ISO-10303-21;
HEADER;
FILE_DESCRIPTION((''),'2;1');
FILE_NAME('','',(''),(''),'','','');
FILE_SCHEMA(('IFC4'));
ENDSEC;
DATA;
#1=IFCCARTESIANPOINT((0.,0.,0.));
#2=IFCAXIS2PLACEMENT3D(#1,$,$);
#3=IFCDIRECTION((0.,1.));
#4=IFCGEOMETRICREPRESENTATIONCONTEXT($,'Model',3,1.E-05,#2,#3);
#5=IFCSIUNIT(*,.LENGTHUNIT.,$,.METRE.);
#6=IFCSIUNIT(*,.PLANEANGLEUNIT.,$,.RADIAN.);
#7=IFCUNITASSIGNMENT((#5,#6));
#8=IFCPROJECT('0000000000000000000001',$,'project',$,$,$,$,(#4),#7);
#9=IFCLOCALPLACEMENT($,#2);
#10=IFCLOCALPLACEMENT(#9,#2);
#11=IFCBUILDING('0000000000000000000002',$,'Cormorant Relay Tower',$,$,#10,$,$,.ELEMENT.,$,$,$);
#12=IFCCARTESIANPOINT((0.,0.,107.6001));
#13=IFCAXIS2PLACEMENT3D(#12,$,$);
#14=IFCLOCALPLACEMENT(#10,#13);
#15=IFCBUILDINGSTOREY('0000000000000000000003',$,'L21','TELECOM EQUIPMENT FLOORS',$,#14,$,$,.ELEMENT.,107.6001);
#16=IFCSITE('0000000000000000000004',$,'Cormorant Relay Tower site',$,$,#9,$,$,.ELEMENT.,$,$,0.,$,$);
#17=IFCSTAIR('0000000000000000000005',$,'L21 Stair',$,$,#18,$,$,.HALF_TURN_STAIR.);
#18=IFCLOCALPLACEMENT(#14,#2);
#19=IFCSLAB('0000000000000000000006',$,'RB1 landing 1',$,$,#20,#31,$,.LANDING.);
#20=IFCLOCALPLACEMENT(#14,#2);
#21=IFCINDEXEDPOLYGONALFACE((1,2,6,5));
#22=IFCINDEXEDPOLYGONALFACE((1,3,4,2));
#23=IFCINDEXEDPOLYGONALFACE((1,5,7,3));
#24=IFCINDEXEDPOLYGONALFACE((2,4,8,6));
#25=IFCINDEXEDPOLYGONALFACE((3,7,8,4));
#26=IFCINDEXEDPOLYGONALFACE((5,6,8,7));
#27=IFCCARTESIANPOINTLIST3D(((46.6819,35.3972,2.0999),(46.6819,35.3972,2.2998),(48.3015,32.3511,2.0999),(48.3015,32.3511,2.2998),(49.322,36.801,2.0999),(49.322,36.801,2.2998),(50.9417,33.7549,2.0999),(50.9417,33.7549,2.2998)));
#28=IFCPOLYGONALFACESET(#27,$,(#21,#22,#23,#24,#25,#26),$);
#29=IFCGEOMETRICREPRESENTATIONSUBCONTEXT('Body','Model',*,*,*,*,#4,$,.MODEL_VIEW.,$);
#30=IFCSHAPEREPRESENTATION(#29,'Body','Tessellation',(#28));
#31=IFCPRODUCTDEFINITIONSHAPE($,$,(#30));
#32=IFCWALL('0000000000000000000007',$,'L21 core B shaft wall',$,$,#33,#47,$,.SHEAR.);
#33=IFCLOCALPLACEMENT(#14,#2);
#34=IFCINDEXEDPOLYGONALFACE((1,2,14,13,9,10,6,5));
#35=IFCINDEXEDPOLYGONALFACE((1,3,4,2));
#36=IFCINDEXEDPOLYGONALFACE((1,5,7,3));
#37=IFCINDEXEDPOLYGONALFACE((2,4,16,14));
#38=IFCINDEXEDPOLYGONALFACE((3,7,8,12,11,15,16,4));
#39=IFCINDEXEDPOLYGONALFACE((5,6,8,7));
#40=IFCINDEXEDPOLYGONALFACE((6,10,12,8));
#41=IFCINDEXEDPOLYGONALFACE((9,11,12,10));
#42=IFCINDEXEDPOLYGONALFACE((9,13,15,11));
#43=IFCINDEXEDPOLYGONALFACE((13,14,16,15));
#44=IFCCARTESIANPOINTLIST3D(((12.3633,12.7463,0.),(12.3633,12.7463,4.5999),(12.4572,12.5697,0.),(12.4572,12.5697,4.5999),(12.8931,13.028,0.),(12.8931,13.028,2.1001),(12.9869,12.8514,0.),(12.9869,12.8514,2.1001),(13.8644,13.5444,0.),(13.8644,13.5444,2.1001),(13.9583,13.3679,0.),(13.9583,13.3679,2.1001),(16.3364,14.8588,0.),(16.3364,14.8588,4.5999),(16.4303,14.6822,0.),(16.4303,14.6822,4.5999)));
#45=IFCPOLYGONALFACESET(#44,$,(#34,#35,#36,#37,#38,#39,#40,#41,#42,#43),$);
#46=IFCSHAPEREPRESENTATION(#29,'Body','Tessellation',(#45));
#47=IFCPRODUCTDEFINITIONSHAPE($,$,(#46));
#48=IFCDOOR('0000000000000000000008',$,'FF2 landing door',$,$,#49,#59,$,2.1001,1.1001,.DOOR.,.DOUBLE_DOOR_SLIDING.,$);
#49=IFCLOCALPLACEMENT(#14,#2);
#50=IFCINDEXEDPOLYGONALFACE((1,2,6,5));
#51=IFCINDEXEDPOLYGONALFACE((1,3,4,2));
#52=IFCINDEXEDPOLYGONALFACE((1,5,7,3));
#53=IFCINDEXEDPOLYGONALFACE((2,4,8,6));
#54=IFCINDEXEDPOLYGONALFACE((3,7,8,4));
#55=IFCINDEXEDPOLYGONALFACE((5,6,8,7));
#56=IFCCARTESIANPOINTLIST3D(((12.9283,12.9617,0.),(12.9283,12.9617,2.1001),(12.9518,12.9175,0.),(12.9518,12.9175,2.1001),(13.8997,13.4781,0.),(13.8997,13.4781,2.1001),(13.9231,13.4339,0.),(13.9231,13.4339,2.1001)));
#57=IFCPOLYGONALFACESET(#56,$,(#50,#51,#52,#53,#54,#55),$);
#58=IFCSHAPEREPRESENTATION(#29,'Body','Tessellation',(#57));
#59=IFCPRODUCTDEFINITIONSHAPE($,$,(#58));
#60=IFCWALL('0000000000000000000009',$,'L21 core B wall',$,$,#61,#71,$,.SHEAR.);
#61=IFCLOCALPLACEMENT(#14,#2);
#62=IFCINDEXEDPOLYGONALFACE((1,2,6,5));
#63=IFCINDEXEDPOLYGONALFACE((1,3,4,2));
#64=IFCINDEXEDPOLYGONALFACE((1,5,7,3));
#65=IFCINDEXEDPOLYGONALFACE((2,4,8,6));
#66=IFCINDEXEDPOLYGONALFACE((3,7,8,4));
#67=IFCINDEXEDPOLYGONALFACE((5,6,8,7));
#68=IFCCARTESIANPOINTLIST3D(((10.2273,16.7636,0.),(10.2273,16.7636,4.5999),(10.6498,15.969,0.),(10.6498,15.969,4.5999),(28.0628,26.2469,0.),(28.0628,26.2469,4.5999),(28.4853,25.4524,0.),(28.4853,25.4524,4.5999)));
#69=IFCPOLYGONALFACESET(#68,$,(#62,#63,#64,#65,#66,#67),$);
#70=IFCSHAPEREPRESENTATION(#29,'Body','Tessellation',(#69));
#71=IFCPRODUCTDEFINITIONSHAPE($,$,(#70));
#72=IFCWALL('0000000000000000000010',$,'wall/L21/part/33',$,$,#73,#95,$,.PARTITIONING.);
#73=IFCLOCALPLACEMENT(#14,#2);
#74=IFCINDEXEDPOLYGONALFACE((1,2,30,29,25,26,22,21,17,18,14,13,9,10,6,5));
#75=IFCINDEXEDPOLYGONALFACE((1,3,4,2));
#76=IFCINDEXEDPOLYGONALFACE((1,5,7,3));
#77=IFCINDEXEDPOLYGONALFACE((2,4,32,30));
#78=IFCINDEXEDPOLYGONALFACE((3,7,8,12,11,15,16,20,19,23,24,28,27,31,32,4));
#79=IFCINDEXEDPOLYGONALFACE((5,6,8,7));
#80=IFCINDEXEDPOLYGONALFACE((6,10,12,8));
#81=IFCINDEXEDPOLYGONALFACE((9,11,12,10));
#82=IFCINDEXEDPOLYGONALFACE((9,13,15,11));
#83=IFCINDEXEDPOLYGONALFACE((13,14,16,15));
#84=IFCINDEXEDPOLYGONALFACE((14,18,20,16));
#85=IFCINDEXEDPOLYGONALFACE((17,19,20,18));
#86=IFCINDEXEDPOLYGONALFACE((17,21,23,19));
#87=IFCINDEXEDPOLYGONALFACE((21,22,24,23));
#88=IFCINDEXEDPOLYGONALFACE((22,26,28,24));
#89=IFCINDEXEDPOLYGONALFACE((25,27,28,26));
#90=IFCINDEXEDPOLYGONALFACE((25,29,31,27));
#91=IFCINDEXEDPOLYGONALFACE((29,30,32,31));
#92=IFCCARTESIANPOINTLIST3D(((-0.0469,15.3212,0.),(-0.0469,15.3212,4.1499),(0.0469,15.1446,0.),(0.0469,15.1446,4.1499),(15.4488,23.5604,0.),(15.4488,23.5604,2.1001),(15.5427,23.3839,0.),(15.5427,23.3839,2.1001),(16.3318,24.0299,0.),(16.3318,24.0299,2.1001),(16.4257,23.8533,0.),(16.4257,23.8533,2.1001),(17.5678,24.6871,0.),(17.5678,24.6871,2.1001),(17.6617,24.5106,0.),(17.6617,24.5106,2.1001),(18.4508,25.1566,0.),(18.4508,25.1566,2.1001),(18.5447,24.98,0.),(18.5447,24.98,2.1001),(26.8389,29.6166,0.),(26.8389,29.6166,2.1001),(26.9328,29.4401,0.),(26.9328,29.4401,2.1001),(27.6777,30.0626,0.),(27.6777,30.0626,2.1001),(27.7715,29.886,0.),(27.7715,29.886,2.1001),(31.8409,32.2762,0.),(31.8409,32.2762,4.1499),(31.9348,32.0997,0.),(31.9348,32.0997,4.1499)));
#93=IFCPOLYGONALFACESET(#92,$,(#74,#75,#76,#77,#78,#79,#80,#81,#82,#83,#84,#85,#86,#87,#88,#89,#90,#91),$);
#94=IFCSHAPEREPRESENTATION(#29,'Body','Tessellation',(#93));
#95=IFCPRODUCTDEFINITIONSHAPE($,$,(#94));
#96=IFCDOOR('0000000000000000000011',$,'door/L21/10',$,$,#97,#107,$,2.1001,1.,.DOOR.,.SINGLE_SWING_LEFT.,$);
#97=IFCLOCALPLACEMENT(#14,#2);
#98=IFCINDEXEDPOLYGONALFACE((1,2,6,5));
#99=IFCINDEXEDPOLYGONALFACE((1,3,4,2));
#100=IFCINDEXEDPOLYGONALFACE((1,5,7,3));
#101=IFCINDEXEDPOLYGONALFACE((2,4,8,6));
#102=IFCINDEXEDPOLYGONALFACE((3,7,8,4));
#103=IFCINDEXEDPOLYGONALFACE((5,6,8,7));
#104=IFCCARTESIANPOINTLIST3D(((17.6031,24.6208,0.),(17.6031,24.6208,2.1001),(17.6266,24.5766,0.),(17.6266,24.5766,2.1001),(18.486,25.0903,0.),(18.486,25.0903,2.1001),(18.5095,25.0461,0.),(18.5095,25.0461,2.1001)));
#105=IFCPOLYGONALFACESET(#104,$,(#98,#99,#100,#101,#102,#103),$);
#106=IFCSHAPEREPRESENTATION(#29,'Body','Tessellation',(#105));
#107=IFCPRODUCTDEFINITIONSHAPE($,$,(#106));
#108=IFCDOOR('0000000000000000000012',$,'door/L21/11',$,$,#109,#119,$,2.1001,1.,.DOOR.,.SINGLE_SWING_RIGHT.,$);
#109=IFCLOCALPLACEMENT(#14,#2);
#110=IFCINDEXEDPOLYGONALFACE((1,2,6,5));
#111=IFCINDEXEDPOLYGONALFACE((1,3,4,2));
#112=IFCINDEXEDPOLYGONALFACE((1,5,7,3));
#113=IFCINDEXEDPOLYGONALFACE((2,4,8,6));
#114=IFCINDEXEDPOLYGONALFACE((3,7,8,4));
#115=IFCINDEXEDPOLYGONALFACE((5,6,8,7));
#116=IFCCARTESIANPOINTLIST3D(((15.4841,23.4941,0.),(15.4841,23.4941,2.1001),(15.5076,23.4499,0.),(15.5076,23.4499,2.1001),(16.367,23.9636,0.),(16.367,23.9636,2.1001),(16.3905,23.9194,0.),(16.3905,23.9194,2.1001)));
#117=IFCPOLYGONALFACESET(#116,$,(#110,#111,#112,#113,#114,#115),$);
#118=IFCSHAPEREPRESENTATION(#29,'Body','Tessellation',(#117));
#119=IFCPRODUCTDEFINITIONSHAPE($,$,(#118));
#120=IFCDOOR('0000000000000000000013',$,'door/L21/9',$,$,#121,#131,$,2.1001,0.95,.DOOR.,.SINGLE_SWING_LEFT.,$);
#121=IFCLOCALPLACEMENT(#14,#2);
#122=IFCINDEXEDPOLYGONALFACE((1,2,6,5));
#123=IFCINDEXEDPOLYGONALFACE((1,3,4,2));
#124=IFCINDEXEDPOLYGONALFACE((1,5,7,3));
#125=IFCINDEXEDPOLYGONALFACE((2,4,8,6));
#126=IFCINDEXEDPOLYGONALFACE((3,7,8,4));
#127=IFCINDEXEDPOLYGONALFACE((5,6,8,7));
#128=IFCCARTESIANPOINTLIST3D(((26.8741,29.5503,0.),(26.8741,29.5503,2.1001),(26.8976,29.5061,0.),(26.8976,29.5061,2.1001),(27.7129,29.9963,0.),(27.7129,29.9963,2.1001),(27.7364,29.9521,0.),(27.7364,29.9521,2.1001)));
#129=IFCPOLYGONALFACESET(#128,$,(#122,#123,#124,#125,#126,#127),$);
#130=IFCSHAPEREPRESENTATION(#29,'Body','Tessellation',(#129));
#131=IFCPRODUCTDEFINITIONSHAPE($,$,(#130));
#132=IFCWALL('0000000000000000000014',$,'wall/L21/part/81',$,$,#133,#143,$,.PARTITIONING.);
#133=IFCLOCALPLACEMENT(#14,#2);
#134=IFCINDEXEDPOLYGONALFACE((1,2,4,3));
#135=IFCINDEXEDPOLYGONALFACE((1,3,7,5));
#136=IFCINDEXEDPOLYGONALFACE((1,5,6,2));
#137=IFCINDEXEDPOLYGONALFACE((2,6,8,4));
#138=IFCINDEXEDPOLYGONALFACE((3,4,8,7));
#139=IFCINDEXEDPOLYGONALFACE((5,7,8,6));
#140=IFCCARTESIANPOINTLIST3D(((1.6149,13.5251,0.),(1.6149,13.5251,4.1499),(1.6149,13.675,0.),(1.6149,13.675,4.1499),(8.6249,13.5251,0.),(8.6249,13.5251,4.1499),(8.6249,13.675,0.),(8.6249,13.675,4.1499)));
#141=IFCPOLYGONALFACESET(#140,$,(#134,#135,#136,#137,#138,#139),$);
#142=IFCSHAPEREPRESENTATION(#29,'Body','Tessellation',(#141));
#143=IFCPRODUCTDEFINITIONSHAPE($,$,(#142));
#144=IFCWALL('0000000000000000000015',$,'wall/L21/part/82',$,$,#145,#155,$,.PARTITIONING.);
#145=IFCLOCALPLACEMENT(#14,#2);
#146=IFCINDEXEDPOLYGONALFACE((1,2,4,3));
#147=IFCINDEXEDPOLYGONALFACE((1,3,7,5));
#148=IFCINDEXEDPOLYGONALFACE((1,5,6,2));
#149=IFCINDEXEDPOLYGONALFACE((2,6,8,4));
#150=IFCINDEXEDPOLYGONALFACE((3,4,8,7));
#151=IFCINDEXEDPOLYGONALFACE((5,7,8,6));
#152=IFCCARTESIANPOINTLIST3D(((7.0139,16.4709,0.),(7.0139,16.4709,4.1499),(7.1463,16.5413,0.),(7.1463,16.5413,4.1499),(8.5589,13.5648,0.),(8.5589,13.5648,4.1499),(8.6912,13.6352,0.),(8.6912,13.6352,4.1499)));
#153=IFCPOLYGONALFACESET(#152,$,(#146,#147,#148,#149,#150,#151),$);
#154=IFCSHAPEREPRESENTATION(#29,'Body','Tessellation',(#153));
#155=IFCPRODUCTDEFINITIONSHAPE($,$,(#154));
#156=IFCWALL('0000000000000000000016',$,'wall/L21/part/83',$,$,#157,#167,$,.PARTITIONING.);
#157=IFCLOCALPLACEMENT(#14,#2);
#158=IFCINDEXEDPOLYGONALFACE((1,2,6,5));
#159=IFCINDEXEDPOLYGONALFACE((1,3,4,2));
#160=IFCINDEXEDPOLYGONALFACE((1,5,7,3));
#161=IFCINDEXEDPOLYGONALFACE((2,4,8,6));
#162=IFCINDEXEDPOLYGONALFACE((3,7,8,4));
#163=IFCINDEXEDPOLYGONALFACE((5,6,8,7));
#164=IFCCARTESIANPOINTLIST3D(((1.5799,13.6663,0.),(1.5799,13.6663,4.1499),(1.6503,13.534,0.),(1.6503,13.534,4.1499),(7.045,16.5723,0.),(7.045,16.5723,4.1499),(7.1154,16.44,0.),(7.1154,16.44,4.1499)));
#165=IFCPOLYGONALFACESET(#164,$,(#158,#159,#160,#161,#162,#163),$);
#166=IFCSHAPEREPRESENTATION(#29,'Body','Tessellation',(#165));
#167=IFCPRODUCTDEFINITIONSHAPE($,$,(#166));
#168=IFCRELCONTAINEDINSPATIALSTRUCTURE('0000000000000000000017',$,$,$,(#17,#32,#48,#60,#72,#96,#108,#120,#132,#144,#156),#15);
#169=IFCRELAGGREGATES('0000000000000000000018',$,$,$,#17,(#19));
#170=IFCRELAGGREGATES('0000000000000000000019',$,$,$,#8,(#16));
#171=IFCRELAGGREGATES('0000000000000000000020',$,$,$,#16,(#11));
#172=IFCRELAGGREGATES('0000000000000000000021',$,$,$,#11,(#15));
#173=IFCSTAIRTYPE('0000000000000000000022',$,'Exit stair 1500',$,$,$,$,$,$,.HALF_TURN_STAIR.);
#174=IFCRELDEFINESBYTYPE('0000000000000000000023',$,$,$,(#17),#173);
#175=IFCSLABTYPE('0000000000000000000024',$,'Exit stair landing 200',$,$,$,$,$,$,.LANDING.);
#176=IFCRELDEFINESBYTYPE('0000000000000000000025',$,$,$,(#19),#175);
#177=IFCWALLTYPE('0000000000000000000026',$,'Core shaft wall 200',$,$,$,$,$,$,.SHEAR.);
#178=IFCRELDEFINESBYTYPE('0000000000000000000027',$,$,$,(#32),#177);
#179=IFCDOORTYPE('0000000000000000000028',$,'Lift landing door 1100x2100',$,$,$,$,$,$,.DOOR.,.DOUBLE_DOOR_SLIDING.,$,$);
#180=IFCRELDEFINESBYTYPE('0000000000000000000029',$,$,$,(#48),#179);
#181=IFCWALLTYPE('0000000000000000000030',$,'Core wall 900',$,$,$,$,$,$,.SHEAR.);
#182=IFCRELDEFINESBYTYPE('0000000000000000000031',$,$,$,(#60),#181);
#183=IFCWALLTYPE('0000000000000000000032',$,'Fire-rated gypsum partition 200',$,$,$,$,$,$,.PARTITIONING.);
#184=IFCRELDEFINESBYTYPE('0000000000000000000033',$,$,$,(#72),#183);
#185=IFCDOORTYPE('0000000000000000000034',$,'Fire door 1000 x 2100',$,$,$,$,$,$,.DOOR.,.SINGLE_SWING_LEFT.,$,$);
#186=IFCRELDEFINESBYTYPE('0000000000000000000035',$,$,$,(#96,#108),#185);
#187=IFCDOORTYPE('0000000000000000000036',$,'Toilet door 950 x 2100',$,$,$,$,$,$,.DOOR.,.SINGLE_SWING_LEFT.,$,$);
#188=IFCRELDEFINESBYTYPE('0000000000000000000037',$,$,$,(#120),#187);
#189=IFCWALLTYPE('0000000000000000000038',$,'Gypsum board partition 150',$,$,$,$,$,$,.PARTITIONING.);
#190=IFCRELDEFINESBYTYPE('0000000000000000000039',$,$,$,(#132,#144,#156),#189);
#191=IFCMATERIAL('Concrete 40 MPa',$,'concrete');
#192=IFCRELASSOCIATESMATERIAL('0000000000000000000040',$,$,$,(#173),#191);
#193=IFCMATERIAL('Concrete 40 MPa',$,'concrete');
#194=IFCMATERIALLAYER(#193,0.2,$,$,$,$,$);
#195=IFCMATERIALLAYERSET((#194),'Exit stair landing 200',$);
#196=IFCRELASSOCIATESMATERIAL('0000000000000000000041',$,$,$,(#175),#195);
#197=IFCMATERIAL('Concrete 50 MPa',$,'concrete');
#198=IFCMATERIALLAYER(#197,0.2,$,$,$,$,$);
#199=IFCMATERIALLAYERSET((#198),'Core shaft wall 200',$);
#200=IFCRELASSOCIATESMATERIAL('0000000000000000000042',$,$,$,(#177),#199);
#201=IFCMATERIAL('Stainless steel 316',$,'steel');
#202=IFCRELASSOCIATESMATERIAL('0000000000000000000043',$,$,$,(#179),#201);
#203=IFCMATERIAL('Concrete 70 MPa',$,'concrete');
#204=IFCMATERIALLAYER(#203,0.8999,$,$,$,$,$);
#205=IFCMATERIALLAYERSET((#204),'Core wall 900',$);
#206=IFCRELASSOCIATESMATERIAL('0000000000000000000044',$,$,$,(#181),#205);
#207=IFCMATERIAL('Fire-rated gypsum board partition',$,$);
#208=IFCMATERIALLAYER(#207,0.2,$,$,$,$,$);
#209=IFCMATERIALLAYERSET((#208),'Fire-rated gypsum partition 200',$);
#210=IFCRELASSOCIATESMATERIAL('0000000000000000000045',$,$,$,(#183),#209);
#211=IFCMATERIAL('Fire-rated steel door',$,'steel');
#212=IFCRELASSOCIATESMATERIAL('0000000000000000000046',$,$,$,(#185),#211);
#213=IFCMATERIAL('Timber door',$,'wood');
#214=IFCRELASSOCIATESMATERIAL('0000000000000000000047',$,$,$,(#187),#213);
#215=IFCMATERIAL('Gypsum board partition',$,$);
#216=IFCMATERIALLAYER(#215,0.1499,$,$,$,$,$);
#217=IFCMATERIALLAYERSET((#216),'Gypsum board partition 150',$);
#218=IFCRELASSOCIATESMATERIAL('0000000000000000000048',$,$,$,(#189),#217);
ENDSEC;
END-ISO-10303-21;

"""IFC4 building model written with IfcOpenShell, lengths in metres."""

from ifc_helpers import new_model, si_unit, direction, frame, frame_2d, origin, place, context, subcontext, project, spatial, polyline, rectangle, outline, extrude, material, layer, layer_set, type_object, element, fill, aggregate, save


model = new_model("IFC4")

# Units and contexts
model_context = context("Model", 3, precision=1e-05, world=origin(), true_north=direction((0.0, 1.0)))
body_context = subcontext(model_context, "Body", "Model", "MODEL_VIEW")
ifc_project = project(units=[si_unit("LENGTHUNIT", "METRE"), si_unit("PLANEANGLEUNIT", "RADIAN")], contexts=[model_context])

# Site, building, storey
site_placement = place(None, origin())
site = spatial("IfcSite", under=ifc_project, at=site_placement, Name="Cormorant Relay Tower site", CompositionType="ELEMENT", RefElevation=0.0)
building_placement = place(site_placement, origin())
building = spatial("IfcBuilding", under=site, at=building_placement, Name="Cormorant Relay Tower", CompositionType="ELEMENT")
storey_placement = place(building_placement, frame((0.0, 0.0, 107.6001)))
storey = spatial("IfcBuildingStorey", under=building, at=storey_placement, Name="L21", Description="TELECOM EQUIPMENT FLOORS", CompositionType="ELEMENT", Elevation=107.6001)

# Stair, slab
ifc_material_1 = material(Name="Concrete 40 MPa", Category="concrete")
stair_type_1 = type_object("IfcStairType", Name="Exit stair 1500", PredefinedType="HALF_TURN_STAIR", material=ifc_material_1)
ifc_material_2 = material(Name="Concrete 40 MPa", Category="concrete")
ifc_layer_1 = layer(ifc_material_2, 0.2)
ifc_layer_set_1 = layer_set([ifc_layer_1], Name="Exit stair landing 200")
slab_type = type_object("IfcSlabType", Name="Exit stair landing 200", PredefinedType="LANDING", material=ifc_layer_set_1)
stair_1_placement = place(storey_placement, origin())
stair_1 = element("IfcStair", 1, at=stair_1_placement, inside=storey, type_object=stair_type_1, Name="L21 Stair", PredefinedType="HALF_TURN_STAIR")
slab_1_placement = place(storey_placement, frame((0.0, 0.0, 2.0999)))
slab_1 = element("IfcSlab", 2, at=slab_1_placement, type_object=slab_type, Name="RB1 landing 1", PredefinedType="LANDING", context=body_context, shape_type="SweptSolid", body=[
    extrude(outline(polyline([(48.3015, 32.3511), (50.9417, 33.7549), (49.322, 36.801), (46.6819, 35.3972), (48.3015, 32.3511)])), origin(), (0.0, 0.0, 1.0), 0.2),
])
aggregate(stair_1, [slab_1])

# Wall, opening, door
ifc_material_3 = material(Name="Concrete 50 MPa", Category="concrete")
ifc_layer_2 = layer(ifc_material_3, 0.2)
ifc_layer_set_2 = layer_set([ifc_layer_2], Name="Core shaft wall 200")
wall_type_1 = type_object("IfcWallType", Name="Core shaft wall 200", PredefinedType="SHEAR", material=ifc_layer_set_2)
wall_1_placement = place(storey_placement, frame((12.4102, 12.658, 0.0), z_axis=(0.0, 0.0, 1.0), x_axis=(0.882948, 0.46947, 0.0)))
wall_1 = element("IfcWall", 3, at=wall_1_placement, inside=storey, type_object=wall_type_1, Name="L21 core B shaft wall", PredefinedType="SHEAR", context=body_context, shape_type="SweptSolid", body=[
    extrude(rectangle(XDim=4.4998, YDim=0.2, at=frame_2d((2.25, 0.0))), origin(), (0.0, 0.0, 1.0), 4.5999),
])
opening_1_placement = place(wall_1_placement, frame((0.6001, 0.0, 0.0)))
opening_1 = element("IfcOpeningElement", 4, at=opening_1_placement, cuts=wall_1, PredefinedType="OPENING", context=body_context, shape_type="SweptSolid", body=[
    extrude(rectangle(XDim=1.1001, YDim=2.1001, at=frame_2d((0.55, 1.05))), frame((0.0, 0.1099, 0.0), z_axis=(0.0, -1.0, 0.0), x_axis=(1.0, 0.0, 0.0)), (0.0, 0.0, 1.0), 0.22),
])
ifc_material_4 = material(Name="Stainless steel 316", Category="steel")
door_type_1 = type_object("IfcDoorType", Name="Lift landing door 1100x2100", OperationType="DOUBLE_DOOR_SLIDING", PredefinedType="DOOR", material=ifc_material_4)
door_1_placement = place(opening_1_placement, origin())
door_1 = element("IfcDoor", 5, at=door_1_placement, inside=storey, type_object=door_type_1, Name="FF2 landing door", OperationType="DOUBLE_DOOR_SLIDING", OverallHeight=2.1001, OverallWidth=1.1001, PredefinedType="DOOR", context=body_context, shape_type="SweptSolid", body=[
    extrude(rectangle(XDim=1.1001, YDim=2.1001, at=frame_2d((0.55, 1.05))), frame((0.0, 0.0249, 0.0), z_axis=(0.0, -1.0, 0.0), x_axis=(1.0, 0.0, 0.0)), (0.0, 0.0, 1.0), 0.05),
])
fill(opening_1, door_1)

# Wall
ifc_material_5 = material(Name="Concrete 70 MPa", Category="concrete")
ifc_layer_3 = layer(ifc_material_5, 0.8999)
ifc_layer_set_3 = layer_set([ifc_layer_3], Name="Core wall 900")
wall_type_2 = type_object("IfcWallType", Name="Core wall 900", PredefinedType="SHEAR", material=ifc_layer_set_3)
wall_2_placement = place(storey_placement, frame((10.4385, 16.3662, 0.0), z_axis=(0.0, 0.0, 1.0), x_axis=(0.882945, 0.469476, 0.0)))
element("IfcWall", 6, at=wall_2_placement, inside=storey, type_object=wall_type_2, Name="L21 core B wall", PredefinedType="SHEAR", context=body_context, shape_type="SweptSolid", body=[
    extrude(rectangle(XDim=20.2, YDim=0.8999, at=frame_2d((10.1001, 0.0))), origin(), (0.0, 0.0, 1.0), 4.5999),
])

# Wall, openings, doors
ifc_material_6 = material(Name="Fire-rated gypsum board partition")
ifc_layer_4 = layer(ifc_material_6, 0.2)
ifc_layer_set_4 = layer_set([ifc_layer_4], Name="Fire-rated gypsum partition 200")
wall_type_3 = type_object("IfcWallType", Name="Fire-rated gypsum partition 200", PredefinedType="PARTITIONING", material=ifc_layer_set_4)
wall_3_placement = place(storey_placement, frame((0.0, 15.2329, 0.0), z_axis=(0.0, 0.0, 1.0), x_axis=(0.882948, 0.469471, 0.0)))
wall_3 = element("IfcWall", 7, at=wall_3_placement, inside=storey, type_object=wall_type_3, Name="wall/L21/part/33", PredefinedType="PARTITIONING", context=body_context, shape_type="SweptSolid", body=[
    extrude(rectangle(XDim=36.1152, YDim=0.2, at=frame_2d((18.0576, 0.0))), origin(), (0.0, 0.0, 1.0), 4.1499),
])
opening_2_placement = place(wall_3_placement, frame((30.45, 0.0, 0.0)))
opening_2 = element("IfcOpeningElement", 8, at=opening_2_placement, cuts=wall_3, PredefinedType="OPENING", context=body_context, shape_type="SweptSolid", body=[
    extrude(rectangle(XDim=0.95, YDim=2.1001, at=frame_2d((0.4751, 1.05))), frame((0.0, 0.1099, 0.0), z_axis=(0.0, -1.0, 0.0), x_axis=(1.0, 0.0, 0.0)), (0.0, 0.0, 1.0), 0.22),
])
opening_3_placement = place(wall_3_placement, frame((19.95, 0.0, 0.0)))
opening_3 = element("IfcOpeningElement", 9, at=opening_3_placement, cuts=wall_3, PredefinedType="OPENING", context=body_context, shape_type="SweptSolid", body=[
    extrude(rectangle(XDim=1.0, YDim=2.1001, at=frame_2d((0.5, 1.05))), frame((0.0, 0.1099, 0.0), z_axis=(0.0, -1.0, 0.0), x_axis=(1.0, 0.0, 0.0)), (0.0, 0.0, 1.0), 0.22),
])
opening_4_placement = place(wall_3_placement, frame((17.55, 0.0, 0.0)))
opening_4 = element("IfcOpeningElement", 10, at=opening_4_placement, cuts=wall_3, PredefinedType="OPENING", context=body_context, shape_type="SweptSolid", body=[
    extrude(rectangle(XDim=1.0, YDim=2.1001, at=frame_2d((0.5, 1.05))), frame((0.0, 0.1099, 0.0), z_axis=(0.0, -1.0, 0.0), x_axis=(1.0, 0.0, 0.0)), (0.0, 0.0, 1.0), 0.22),
])
ifc_material_7 = material(Name="Fire-rated steel door", Category="steel")
door_type_2 = type_object("IfcDoorType", Name="Fire door 1000 x 2100", OperationType="SINGLE_SWING_LEFT", PredefinedType="DOOR", material=ifc_material_7)
door_2_placement = place(opening_3_placement, origin())
door_2 = element("IfcDoor", 11, at=door_2_placement, inside=storey, type_object=door_type_2, Name="door/L21/10", OperationType="SINGLE_SWING_LEFT", OverallHeight=2.1001, OverallWidth=1.0, PredefinedType="DOOR", context=body_context, shape_type="SweptSolid", body=[
    extrude(rectangle(XDim=1.0, YDim=2.1001, at=frame_2d((0.5, 1.05))), frame((0.0, 0.0249, 0.0), z_axis=(0.0, -1.0, 0.0), x_axis=(1.0, 0.0, 0.0)), (0.0, 0.0, 1.0), 0.05),
])
fill(opening_3, door_2)
door_3_placement = place(opening_4_placement, origin())
door_3 = element("IfcDoor", 12, at=door_3_placement, inside=storey, type_object=door_type_2, Name="door/L21/11", OperationType="SINGLE_SWING_RIGHT", OverallHeight=2.1001, OverallWidth=1.0, PredefinedType="DOOR", context=body_context, shape_type="SweptSolid", body=[
    extrude(rectangle(XDim=1.0, YDim=2.1001, at=frame_2d((0.5, 1.05))), frame((0.0, 0.0249, 0.0), z_axis=(0.0, -1.0, 0.0), x_axis=(1.0, 0.0, 0.0)), (0.0, 0.0, 1.0), 0.05),
])
fill(opening_4, door_3)
ifc_material_8 = material(Name="Timber door", Category="wood")
door_type_3 = type_object("IfcDoorType", Name="Toilet door 950 x 2100", OperationType="SINGLE_SWING_LEFT", PredefinedType="DOOR", material=ifc_material_8)
door_4_placement = place(opening_2_placement, origin())
door_4 = element("IfcDoor", 13, at=door_4_placement, inside=storey, type_object=door_type_3, Name="door/L21/9", OperationType="SINGLE_SWING_LEFT", OverallHeight=2.1001, OverallWidth=0.95, PredefinedType="DOOR", context=body_context, shape_type="SweptSolid", body=[
    extrude(rectangle(XDim=0.95, YDim=2.1001, at=frame_2d((0.4751, 1.05))), frame((0.0, 0.0249, 0.0), z_axis=(0.0, -1.0, 0.0), x_axis=(1.0, 0.0, 0.0)), (0.0, 0.0, 1.0), 0.05),
])
fill(opening_2, door_4)

# Walls
ifc_material_9 = material(Name="Gypsum board partition")
ifc_layer_5 = layer(ifc_material_9, 0.1499)
ifc_layer_set_5 = layer_set([ifc_layer_5], Name="Gypsum board partition 150")
wall_type_4 = type_object("IfcWallType", Name="Gypsum board partition 150", PredefinedType="PARTITIONING", material=ifc_layer_set_5)
wall_4_placement = place(storey_placement, frame((1.615, 13.6001, 0.0), z_axis=(0.0, 0.0, 1.0), x_axis=(1.0, 0.0, 0.0)))
element("IfcWall", 14, at=wall_4_placement, inside=storey, type_object=wall_type_4, Name="wall/L21/part/81", PredefinedType="PARTITIONING", context=body_context, shape_type="SweptSolid", body=[
    extrude(rectangle(XDim=7.01, YDim=0.1499, at=frame_2d((3.5049, 0.0))), origin(), (0.0, 0.0, 1.0), 4.1499),
])
wall_5_placement = place(storey_placement, frame((8.625, 13.6001, 0.0), z_axis=(0.0, 0.0, 1.0), x_axis=(-0.469417, 0.882976, 0.0)))
element("IfcWall", 15, at=wall_5_placement, inside=storey, type_object=wall_type_4, Name="wall/L21/part/82", PredefinedType="PARTITIONING", context=body_context, shape_type="SweptSolid", body=[
    extrude(rectangle(XDim=3.2913, YDim=0.1499, at=frame_2d((1.6455, 0.0))), origin(), (0.0, 0.0, 1.0), 4.1499),
])
wall_6_placement = place(storey_placement, frame((7.0801, 16.5061, 0.0), z_axis=(0.0, 0.0, 1.0), x_axis=(-0.882936, -0.469493, 0.0)))
element("IfcWall", 16, at=wall_6_placement, inside=storey, type_object=wall_type_4, Name="wall/L21/part/83", PredefinedType="PARTITIONING", context=body_context, shape_type="SweptSolid", body=[
    extrude(rectangle(XDim=6.1897, YDim=0.1499, at=frame_2d((3.0947, 0.0))), origin(), (0.0, 0.0, 1.0), 4.1499),
])

save(model, "model.ifc")
